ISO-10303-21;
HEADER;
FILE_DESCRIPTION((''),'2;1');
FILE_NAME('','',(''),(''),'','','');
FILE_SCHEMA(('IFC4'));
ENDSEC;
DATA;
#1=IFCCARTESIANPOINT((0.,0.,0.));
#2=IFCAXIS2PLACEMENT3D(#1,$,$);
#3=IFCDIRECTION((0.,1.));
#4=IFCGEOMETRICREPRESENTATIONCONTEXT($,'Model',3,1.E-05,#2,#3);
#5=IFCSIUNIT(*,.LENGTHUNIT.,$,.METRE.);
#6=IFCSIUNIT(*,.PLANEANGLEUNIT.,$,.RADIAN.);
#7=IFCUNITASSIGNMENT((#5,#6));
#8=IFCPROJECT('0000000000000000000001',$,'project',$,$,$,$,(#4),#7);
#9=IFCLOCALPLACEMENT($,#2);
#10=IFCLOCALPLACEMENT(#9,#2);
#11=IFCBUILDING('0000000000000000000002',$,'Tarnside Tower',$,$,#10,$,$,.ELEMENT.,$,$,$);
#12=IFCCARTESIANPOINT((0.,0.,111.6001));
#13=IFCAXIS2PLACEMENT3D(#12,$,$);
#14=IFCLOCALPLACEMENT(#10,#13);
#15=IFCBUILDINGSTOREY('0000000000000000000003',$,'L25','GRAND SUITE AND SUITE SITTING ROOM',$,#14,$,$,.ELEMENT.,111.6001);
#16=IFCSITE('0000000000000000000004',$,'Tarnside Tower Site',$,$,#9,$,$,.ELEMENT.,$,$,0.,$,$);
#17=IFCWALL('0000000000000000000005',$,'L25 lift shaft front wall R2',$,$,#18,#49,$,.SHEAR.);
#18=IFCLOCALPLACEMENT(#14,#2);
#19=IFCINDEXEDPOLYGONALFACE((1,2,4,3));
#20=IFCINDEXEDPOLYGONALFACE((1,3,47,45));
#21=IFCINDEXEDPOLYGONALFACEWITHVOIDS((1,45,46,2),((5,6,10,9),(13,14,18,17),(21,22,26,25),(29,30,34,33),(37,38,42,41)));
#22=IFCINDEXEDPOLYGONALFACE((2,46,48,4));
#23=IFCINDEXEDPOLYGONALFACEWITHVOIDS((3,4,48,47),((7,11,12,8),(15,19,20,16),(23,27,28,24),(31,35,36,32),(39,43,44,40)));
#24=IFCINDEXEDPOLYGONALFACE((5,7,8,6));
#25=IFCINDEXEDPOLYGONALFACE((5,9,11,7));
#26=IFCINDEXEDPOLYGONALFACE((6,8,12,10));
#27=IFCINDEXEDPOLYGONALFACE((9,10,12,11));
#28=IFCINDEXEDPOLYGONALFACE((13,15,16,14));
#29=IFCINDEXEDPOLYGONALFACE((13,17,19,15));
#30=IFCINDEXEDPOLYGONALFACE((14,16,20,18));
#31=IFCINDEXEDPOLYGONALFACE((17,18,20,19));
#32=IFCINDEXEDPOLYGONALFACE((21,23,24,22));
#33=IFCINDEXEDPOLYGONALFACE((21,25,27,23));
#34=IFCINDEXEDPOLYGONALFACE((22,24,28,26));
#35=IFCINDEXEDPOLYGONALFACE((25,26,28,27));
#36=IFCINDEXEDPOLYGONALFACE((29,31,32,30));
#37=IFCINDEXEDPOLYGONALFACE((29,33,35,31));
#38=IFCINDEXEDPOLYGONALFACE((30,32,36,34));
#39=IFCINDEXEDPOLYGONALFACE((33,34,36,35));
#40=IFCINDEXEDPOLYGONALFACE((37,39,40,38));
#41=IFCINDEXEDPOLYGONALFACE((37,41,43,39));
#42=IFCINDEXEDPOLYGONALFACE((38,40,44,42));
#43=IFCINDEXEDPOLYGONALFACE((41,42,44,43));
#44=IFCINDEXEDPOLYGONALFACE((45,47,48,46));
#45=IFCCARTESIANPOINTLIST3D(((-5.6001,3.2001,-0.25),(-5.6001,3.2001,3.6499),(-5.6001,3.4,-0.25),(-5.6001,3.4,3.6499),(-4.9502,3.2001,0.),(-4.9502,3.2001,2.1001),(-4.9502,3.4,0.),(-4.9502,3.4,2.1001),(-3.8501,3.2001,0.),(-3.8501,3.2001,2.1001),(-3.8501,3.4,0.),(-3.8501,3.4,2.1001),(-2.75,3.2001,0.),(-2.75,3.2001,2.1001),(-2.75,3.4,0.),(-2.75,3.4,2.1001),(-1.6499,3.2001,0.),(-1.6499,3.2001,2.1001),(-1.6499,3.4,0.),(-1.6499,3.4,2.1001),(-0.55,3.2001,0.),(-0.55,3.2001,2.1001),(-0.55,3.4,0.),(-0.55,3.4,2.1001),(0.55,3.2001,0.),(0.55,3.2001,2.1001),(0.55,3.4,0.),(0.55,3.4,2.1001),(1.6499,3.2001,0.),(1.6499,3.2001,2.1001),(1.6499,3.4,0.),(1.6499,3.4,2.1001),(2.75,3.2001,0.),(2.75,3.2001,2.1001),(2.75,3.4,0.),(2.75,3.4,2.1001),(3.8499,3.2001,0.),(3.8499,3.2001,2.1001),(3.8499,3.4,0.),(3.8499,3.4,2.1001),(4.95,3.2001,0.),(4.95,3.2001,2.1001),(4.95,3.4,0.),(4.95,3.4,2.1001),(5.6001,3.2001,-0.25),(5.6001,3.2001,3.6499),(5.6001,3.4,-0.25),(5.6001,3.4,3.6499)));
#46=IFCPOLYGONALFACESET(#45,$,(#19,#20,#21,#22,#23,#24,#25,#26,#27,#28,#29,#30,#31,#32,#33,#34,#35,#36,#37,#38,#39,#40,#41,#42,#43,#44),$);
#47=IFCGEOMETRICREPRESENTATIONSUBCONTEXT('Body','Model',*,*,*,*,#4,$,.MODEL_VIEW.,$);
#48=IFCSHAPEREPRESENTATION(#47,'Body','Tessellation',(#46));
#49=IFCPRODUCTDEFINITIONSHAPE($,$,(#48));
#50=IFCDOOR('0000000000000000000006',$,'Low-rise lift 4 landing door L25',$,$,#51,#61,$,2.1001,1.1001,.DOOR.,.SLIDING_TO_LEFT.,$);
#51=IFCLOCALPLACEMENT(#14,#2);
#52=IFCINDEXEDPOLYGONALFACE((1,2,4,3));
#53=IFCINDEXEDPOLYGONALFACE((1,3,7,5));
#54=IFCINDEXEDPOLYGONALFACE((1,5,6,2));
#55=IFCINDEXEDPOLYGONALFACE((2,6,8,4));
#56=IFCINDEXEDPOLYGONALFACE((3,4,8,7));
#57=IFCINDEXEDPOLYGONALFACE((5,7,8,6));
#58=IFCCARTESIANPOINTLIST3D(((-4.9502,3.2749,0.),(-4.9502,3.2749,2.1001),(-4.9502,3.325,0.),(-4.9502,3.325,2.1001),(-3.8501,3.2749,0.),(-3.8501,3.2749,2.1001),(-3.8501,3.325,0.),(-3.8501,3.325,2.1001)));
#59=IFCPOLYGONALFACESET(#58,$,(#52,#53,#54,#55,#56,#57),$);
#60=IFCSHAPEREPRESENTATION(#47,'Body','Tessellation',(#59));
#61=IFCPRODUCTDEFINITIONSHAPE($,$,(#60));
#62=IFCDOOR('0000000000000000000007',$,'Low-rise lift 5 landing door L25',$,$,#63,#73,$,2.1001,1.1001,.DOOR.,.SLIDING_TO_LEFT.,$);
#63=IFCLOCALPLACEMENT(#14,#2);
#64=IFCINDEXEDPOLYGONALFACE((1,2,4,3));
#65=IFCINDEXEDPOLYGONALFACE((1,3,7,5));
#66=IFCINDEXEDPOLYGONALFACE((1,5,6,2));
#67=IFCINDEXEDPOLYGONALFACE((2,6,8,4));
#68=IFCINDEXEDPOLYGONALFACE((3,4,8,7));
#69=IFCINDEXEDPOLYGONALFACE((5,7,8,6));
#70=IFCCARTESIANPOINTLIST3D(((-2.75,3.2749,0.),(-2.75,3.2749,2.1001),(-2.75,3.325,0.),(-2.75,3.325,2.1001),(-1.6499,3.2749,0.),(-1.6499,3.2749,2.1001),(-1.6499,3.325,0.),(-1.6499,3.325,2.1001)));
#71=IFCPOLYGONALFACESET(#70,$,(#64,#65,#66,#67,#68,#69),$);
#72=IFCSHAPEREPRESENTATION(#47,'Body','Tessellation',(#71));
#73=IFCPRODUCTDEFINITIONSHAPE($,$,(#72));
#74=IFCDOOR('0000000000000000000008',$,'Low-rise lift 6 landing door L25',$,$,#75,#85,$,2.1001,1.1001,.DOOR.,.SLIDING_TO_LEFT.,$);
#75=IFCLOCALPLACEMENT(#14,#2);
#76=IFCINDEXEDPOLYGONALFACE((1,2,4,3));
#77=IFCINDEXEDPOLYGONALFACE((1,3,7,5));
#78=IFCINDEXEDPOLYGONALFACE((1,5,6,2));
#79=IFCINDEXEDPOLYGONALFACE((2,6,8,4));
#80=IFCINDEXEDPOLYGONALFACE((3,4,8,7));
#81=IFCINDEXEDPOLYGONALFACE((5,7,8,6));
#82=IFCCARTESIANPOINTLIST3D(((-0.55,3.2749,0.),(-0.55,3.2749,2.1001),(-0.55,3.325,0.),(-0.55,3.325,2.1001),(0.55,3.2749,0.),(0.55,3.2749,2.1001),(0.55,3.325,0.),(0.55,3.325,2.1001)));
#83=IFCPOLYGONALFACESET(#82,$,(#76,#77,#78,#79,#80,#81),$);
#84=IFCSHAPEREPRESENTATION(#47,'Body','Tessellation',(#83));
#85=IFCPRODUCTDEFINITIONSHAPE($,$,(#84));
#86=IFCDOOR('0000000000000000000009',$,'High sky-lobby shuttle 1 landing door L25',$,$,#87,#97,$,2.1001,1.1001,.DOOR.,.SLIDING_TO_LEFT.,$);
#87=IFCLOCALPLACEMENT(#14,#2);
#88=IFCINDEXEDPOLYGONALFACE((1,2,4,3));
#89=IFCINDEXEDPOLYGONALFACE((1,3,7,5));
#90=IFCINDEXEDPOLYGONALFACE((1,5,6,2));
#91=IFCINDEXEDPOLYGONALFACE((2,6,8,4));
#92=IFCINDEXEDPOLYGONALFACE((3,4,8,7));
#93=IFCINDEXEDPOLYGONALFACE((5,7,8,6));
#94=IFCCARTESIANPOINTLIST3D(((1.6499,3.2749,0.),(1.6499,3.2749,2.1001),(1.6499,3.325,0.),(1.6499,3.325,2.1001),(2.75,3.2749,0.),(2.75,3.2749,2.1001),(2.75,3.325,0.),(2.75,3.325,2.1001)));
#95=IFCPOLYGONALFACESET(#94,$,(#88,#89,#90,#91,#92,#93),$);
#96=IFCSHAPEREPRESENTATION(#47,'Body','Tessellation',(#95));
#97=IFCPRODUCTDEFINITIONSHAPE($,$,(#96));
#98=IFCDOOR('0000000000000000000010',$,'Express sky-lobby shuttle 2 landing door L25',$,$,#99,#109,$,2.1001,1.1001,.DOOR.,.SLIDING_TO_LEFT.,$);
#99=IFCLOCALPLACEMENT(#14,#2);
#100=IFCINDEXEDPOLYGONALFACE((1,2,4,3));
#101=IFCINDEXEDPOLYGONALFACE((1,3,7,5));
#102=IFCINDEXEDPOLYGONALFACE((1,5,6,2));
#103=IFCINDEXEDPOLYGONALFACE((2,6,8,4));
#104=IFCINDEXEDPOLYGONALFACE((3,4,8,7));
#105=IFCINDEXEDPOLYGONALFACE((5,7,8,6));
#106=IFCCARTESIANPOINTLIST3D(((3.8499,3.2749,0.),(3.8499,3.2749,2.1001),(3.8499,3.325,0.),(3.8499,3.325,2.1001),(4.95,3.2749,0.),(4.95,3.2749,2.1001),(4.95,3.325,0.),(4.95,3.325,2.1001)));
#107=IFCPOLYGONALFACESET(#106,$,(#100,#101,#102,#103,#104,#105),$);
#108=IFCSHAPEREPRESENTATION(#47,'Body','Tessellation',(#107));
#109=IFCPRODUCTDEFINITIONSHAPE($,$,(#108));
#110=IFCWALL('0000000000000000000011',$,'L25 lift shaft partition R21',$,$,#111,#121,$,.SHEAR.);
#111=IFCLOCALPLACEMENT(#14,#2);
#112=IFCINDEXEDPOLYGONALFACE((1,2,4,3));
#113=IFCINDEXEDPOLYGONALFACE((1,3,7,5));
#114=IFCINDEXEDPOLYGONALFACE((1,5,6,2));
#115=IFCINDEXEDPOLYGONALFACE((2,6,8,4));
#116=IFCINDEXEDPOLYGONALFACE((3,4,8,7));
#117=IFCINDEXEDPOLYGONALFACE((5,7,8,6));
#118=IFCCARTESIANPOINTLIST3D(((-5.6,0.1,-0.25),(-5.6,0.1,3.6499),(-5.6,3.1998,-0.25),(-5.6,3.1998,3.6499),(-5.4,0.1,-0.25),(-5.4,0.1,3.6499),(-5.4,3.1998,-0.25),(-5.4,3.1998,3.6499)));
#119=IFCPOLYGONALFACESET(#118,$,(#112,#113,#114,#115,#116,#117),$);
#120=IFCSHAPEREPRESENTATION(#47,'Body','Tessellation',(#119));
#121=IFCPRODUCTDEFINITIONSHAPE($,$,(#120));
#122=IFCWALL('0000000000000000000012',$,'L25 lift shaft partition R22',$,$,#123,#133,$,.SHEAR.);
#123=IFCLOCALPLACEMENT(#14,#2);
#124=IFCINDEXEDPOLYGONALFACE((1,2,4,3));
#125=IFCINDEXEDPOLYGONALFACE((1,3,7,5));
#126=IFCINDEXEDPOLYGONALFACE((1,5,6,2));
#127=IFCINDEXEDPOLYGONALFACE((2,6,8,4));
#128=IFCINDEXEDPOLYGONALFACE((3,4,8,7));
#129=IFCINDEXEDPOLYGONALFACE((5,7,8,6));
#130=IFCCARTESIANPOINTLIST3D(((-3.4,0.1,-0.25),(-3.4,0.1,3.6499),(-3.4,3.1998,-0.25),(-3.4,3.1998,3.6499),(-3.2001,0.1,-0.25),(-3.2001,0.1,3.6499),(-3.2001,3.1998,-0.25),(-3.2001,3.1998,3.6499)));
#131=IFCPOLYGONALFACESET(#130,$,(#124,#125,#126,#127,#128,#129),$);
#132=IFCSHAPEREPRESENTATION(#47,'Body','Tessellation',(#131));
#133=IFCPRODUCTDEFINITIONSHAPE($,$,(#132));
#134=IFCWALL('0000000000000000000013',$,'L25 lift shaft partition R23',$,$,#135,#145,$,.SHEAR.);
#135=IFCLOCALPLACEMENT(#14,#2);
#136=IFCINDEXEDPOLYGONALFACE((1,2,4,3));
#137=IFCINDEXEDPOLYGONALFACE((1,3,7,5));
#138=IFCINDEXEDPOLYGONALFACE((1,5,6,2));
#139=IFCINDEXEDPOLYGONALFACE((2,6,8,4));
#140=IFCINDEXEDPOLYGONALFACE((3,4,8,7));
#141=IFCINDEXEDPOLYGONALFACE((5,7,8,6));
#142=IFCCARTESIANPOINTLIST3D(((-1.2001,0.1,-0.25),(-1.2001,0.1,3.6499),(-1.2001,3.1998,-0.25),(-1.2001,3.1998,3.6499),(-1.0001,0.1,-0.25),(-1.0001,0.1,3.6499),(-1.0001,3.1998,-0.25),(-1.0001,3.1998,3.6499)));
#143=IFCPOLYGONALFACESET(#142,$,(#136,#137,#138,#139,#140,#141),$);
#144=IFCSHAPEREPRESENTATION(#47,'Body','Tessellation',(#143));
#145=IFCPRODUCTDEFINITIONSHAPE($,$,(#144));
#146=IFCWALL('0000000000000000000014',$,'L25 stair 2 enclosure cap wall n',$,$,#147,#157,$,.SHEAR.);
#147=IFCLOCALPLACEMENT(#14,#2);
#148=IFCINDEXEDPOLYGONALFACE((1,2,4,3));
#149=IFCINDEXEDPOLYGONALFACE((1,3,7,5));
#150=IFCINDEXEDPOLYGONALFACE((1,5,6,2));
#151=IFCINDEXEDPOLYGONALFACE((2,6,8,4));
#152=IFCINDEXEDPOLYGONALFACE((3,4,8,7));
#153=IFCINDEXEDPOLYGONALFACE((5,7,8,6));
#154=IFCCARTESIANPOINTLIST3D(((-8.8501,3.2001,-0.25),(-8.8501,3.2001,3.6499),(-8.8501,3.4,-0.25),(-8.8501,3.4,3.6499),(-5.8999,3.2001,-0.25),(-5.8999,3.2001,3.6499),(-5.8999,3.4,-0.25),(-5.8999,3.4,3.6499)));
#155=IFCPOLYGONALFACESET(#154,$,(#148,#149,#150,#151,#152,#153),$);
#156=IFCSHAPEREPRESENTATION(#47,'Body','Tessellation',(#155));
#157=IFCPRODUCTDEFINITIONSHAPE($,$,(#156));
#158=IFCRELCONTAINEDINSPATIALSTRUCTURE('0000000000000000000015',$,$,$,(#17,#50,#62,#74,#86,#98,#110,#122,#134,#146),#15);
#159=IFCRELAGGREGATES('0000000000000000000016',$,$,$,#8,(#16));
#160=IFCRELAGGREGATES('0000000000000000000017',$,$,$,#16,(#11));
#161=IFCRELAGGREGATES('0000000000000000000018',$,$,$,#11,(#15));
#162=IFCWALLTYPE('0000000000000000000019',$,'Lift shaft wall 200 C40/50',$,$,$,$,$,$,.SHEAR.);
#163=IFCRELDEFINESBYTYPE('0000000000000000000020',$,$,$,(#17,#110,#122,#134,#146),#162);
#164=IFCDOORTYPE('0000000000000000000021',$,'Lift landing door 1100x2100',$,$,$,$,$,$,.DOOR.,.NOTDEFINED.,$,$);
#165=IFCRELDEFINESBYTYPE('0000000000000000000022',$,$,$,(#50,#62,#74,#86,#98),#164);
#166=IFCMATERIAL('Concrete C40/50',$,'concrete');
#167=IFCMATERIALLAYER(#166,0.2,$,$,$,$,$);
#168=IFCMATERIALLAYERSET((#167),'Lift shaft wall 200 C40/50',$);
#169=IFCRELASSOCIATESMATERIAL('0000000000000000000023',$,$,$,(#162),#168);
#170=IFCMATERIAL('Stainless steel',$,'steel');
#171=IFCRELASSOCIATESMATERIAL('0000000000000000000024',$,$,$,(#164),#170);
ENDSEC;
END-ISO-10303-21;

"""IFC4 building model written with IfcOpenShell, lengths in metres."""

from ifc_helpers import new_model, si_unit, direction, frame, frame_2d, origin, place, context, subcontext, project, spatial, rectangle, extrude, material, layer, layer_set, type_object, element, fill, save


model = new_model("IFC4")

# Units and contexts
model_context = context("Model", 3, precision=1e-05, world=origin(), true_north=direction((0.0, 1.0)))
body_context = subcontext(model_context, "Body", "Model", "MODEL_VIEW")
ifc_project = project(units=[si_unit("LENGTHUNIT", "METRE"), si_unit("PLANEANGLEUNIT", "RADIAN")], contexts=[model_context])

# Site, building, storey
site_placement = place(None, origin())
site = spatial("IfcSite", under=ifc_project, at=site_placement, Name="Tarnside Tower Site", CompositionType="ELEMENT", RefElevation=0.0)
building_placement = place(site_placement, origin())
building = spatial("IfcBuilding", under=site, at=building_placement, Name="Tarnside Tower", CompositionType="ELEMENT")
storey_placement = place(building_placement, frame((0.0, 0.0, 111.6001)))
storey = spatial("IfcBuildingStorey", under=building, at=storey_placement, Name="L25", Description="GRAND SUITE AND SUITE SITTING ROOM", CompositionType="ELEMENT", Elevation=111.6001)

# Shared definitions
ifc_material_1 = material(Name="Concrete C40/50", Category="concrete")

# Wall, openings, doors
ifc_layer_1 = layer(ifc_material_1, 0.2)
ifc_layer_set_1 = layer_set([ifc_layer_1], Name="Lift shaft wall 200 C40/50")
wall_type_1 = type_object("IfcWallType", Name="Lift shaft wall 200 C40/50", PredefinedType="SHEAR", material=ifc_layer_set_1)
wall_1_placement = place(storey_placement, frame((-5.6001, 3.3, -0.25), z_axis=(0.0, 0.0, 1.0), x_axis=(1.0, 0.0, 0.0)))
wall_1 = element("IfcWall", 1, at=wall_1_placement, inside=storey, type_object=wall_type_1, Name="L25 lift shaft front wall R2", PredefinedType="SHEAR", context=body_context, shape_type="SweptSolid", body=[
    extrude(rectangle(XDim=11.2002, YDim=0.2, at=frame_2d((5.6001, 0.0))), origin(), (0.0, 0.0, 1.0), 3.8999),
])
opening_1_placement = place(wall_1_placement, frame((0.6499, 0.0, 0.25)))
opening_1 = element("IfcOpeningElement", 2, at=opening_1_placement, cuts=wall_1, PredefinedType="OPENING", context=body_context, shape_type="SweptSolid", body=[
    extrude(rectangle(XDim=1.1001, YDim=2.1001, at=frame_2d((0.55, 1.05))), frame((0.0, 0.1099, 0.0), z_axis=(0.0, -1.0, 0.0), x_axis=(1.0, 0.0, 0.0)), (0.0, 0.0, 1.0), 0.22),
])
opening_2_placement = place(wall_1_placement, frame((2.8501, 0.0, 0.25)))
opening_2 = element("IfcOpeningElement", 3, at=opening_2_placement, cuts=wall_1, PredefinedType="OPENING", context=body_context, shape_type="SweptSolid", body=[
    extrude(rectangle(XDim=1.1001, YDim=2.1001, at=frame_2d((0.55, 1.05))), frame((0.0, 0.1099, 0.0), z_axis=(0.0, -1.0, 0.0), x_axis=(1.0, 0.0, 0.0)), (0.0, 0.0, 1.0), 0.22),
])
opening_3_placement = place(wall_1_placement, frame((5.05, 0.0, 0.25)))
opening_3 = element("IfcOpeningElement", 4, at=opening_3_placement, cuts=wall_1, PredefinedType="OPENING", context=body_context, shape_type="SweptSolid", body=[
    extrude(rectangle(XDim=1.1001, YDim=2.1001, at=frame_2d((0.55, 1.05))), frame((0.0, 0.1099, 0.0), z_axis=(0.0, -1.0, 0.0), x_axis=(1.0, 0.0, 0.0)), (0.0, 0.0, 1.0), 0.22),
])
opening_4_placement = place(wall_1_placement, frame((7.25, 0.0, 0.25)))
opening_4 = element("IfcOpeningElement", 5, at=opening_4_placement, cuts=wall_1, PredefinedType="OPENING", context=body_context, shape_type="SweptSolid", body=[
    extrude(rectangle(XDim=1.1001, YDim=2.1001, at=frame_2d((0.55, 1.05))), frame((0.0, 0.1099, 0.0), z_axis=(0.0, -1.0, 0.0), x_axis=(1.0, 0.0, 0.0)), (0.0, 0.0, 1.0), 0.22),
])
opening_5_placement = place(wall_1_placement, frame((9.45, 0.0, 0.25)))
opening_5 = element("IfcOpeningElement", 6, at=opening_5_placement, cuts=wall_1, PredefinedType="OPENING", context=body_context, shape_type="SweptSolid", body=[
    extrude(rectangle(XDim=1.1001, YDim=2.1001, at=frame_2d((0.55, 1.05))), frame((0.0, 0.1099, 0.0), z_axis=(0.0, -1.0, 0.0), x_axis=(1.0, 0.0, 0.0)), (0.0, 0.0, 1.0), 0.22),
])
ifc_material_2 = material(Name="Stainless steel", Category="steel")
door_type_1 = type_object("IfcDoorType", Name="Lift landing door 1100x2100", OperationType="NOTDEFINED", PredefinedType="DOOR", material=ifc_material_2)
door_1_placement = place(opening_1_placement, origin())
door_1 = element("IfcDoor", 7, at=door_1_placement, inside=storey, type_object=door_type_1, Name="Low-rise lift 4 landing door L25", OperationType="SLIDING_TO_LEFT", OverallHeight=2.1001, OverallWidth=1.1001, PredefinedType="DOOR", context=body_context, shape_type="SweptSolid", body=[
    extrude(rectangle(XDim=1.1001, YDim=2.1001, at=frame_2d((0.55, 1.05))), frame((0.0, 0.0249, 0.0), z_axis=(0.0, -1.0, 0.0), x_axis=(1.0, 0.0, 0.0)), (0.0, 0.0, 1.0), 0.05),
])
fill(opening_1, door_1)
door_2_placement = place(opening_2_placement, origin())
door_2 = element("IfcDoor", 8, at=door_2_placement, inside=storey, type_object=door_type_1, Name="Low-rise lift 5 landing door L25", OperationType="SLIDING_TO_LEFT", OverallHeight=2.1001, OverallWidth=1.1001, PredefinedType="DOOR", context=body_context, shape_type="SweptSolid", body=[
    extrude(rectangle(XDim=1.1001, YDim=2.1001, at=frame_2d((0.55, 1.05))), frame((0.0, 0.0249, 0.0), z_axis=(0.0, -1.0, 0.0), x_axis=(1.0, 0.0, 0.0)), (0.0, 0.0, 1.0), 0.05),
])
fill(opening_2, door_2)
door_3_placement = place(opening_3_placement, origin())
door_3 = element("IfcDoor", 9, at=door_3_placement, inside=storey, type_object=door_type_1, Name="Low-rise lift 6 landing door L25", OperationType="SLIDING_TO_LEFT", OverallHeight=2.1001, OverallWidth=1.1001, PredefinedType="DOOR", context=body_context, shape_type="SweptSolid", body=[
    extrude(rectangle(XDim=1.1001, YDim=2.1001, at=frame_2d((0.55, 1.05))), frame((0.0, 0.0249, 0.0), z_axis=(0.0, -1.0, 0.0), x_axis=(1.0, 0.0, 0.0)), (0.0, 0.0, 1.0), 0.05),
])
fill(opening_3, door_3)
door_4_placement = place(opening_4_placement, origin())
door_4 = element("IfcDoor", 10, at=door_4_placement, inside=storey, type_object=door_type_1, Name="High sky-lobby shuttle 1 landing door L25", OperationType="SLIDING_TO_LEFT", OverallHeight=2.1001, OverallWidth=1.1001, PredefinedType="DOOR", context=body_context, shape_type="SweptSolid", body=[
    extrude(rectangle(XDim=1.1001, YDim=2.1001, at=frame_2d((0.55, 1.05))), frame((0.0, 0.0249, 0.0), z_axis=(0.0, -1.0, 0.0), x_axis=(1.0, 0.0, 0.0)), (0.0, 0.0, 1.0), 0.05),
])
fill(opening_4, door_4)
door_5_placement = place(opening_5_placement, origin())
door_5 = element("IfcDoor", 11, at=door_5_placement, inside=storey, type_object=door_type_1, Name="Express sky-lobby shuttle 2 landing door L25", OperationType="SLIDING_TO_LEFT", OverallHeight=2.1001, OverallWidth=1.1001, PredefinedType="DOOR", context=body_context, shape_type="SweptSolid", body=[
    extrude(rectangle(XDim=1.1001, YDim=2.1001, at=frame_2d((0.55, 1.05))), frame((0.0, 0.0249, 0.0), z_axis=(0.0, -1.0, 0.0), x_axis=(1.0, 0.0, 0.0)), (0.0, 0.0, 1.0), 0.05),
])
fill(opening_5, door_5)

# Walls
for number, where, z_axis, x_axis, name in (
    (12, (-5.5, 0.1001, -0.25), (0.0, 0.0, 1.0), (0.0, 1.0, 0.0), "L25 lift shaft partition R21"),
    (13, (-3.3, 0.1001, -0.25), (0.0, 0.0, 1.0), (0.0, 1.0, 0.0), "L25 lift shaft partition R22"),
    (14, (-1.1001, 0.1001, -0.25), (0.0, 0.0, 1.0), (0.0, 1.0, 0.0), "L25 lift shaft partition R23"),
):
    element("IfcWall", number, at=place(storey_placement, frame(where, z_axis=z_axis, x_axis=x_axis)), inside=storey, type_object=wall_type_1, Name=name, PredefinedType="SHEAR", context=body_context, shape_type="SweptSolid", body=[
        extrude(rectangle(XDim=3.0999, YDim=0.2, at=frame_2d((1.5498, 0.0))), origin(), (0.0, 0.0, 1.0), 3.8999),
    ])
wall_2_placement = place(storey_placement, frame((-8.8501, 3.3, -0.25), z_axis=(0.0, 0.0, 1.0), x_axis=(1.0, 0.0, 0.0)))
element("IfcWall", 15, at=wall_2_placement, inside=storey, type_object=wall_type_1, Name="L25 stair 2 enclosure cap wall n", PredefinedType="SHEAR", context=body_context, shape_type="SweptSolid", body=[
    extrude(rectangle(XDim=2.9502, YDim=0.2, at=frame_2d((1.4751, 0.0))), origin(), (0.0, 0.0, 1.0), 3.8999),
])

save(model, "model.ifc")
